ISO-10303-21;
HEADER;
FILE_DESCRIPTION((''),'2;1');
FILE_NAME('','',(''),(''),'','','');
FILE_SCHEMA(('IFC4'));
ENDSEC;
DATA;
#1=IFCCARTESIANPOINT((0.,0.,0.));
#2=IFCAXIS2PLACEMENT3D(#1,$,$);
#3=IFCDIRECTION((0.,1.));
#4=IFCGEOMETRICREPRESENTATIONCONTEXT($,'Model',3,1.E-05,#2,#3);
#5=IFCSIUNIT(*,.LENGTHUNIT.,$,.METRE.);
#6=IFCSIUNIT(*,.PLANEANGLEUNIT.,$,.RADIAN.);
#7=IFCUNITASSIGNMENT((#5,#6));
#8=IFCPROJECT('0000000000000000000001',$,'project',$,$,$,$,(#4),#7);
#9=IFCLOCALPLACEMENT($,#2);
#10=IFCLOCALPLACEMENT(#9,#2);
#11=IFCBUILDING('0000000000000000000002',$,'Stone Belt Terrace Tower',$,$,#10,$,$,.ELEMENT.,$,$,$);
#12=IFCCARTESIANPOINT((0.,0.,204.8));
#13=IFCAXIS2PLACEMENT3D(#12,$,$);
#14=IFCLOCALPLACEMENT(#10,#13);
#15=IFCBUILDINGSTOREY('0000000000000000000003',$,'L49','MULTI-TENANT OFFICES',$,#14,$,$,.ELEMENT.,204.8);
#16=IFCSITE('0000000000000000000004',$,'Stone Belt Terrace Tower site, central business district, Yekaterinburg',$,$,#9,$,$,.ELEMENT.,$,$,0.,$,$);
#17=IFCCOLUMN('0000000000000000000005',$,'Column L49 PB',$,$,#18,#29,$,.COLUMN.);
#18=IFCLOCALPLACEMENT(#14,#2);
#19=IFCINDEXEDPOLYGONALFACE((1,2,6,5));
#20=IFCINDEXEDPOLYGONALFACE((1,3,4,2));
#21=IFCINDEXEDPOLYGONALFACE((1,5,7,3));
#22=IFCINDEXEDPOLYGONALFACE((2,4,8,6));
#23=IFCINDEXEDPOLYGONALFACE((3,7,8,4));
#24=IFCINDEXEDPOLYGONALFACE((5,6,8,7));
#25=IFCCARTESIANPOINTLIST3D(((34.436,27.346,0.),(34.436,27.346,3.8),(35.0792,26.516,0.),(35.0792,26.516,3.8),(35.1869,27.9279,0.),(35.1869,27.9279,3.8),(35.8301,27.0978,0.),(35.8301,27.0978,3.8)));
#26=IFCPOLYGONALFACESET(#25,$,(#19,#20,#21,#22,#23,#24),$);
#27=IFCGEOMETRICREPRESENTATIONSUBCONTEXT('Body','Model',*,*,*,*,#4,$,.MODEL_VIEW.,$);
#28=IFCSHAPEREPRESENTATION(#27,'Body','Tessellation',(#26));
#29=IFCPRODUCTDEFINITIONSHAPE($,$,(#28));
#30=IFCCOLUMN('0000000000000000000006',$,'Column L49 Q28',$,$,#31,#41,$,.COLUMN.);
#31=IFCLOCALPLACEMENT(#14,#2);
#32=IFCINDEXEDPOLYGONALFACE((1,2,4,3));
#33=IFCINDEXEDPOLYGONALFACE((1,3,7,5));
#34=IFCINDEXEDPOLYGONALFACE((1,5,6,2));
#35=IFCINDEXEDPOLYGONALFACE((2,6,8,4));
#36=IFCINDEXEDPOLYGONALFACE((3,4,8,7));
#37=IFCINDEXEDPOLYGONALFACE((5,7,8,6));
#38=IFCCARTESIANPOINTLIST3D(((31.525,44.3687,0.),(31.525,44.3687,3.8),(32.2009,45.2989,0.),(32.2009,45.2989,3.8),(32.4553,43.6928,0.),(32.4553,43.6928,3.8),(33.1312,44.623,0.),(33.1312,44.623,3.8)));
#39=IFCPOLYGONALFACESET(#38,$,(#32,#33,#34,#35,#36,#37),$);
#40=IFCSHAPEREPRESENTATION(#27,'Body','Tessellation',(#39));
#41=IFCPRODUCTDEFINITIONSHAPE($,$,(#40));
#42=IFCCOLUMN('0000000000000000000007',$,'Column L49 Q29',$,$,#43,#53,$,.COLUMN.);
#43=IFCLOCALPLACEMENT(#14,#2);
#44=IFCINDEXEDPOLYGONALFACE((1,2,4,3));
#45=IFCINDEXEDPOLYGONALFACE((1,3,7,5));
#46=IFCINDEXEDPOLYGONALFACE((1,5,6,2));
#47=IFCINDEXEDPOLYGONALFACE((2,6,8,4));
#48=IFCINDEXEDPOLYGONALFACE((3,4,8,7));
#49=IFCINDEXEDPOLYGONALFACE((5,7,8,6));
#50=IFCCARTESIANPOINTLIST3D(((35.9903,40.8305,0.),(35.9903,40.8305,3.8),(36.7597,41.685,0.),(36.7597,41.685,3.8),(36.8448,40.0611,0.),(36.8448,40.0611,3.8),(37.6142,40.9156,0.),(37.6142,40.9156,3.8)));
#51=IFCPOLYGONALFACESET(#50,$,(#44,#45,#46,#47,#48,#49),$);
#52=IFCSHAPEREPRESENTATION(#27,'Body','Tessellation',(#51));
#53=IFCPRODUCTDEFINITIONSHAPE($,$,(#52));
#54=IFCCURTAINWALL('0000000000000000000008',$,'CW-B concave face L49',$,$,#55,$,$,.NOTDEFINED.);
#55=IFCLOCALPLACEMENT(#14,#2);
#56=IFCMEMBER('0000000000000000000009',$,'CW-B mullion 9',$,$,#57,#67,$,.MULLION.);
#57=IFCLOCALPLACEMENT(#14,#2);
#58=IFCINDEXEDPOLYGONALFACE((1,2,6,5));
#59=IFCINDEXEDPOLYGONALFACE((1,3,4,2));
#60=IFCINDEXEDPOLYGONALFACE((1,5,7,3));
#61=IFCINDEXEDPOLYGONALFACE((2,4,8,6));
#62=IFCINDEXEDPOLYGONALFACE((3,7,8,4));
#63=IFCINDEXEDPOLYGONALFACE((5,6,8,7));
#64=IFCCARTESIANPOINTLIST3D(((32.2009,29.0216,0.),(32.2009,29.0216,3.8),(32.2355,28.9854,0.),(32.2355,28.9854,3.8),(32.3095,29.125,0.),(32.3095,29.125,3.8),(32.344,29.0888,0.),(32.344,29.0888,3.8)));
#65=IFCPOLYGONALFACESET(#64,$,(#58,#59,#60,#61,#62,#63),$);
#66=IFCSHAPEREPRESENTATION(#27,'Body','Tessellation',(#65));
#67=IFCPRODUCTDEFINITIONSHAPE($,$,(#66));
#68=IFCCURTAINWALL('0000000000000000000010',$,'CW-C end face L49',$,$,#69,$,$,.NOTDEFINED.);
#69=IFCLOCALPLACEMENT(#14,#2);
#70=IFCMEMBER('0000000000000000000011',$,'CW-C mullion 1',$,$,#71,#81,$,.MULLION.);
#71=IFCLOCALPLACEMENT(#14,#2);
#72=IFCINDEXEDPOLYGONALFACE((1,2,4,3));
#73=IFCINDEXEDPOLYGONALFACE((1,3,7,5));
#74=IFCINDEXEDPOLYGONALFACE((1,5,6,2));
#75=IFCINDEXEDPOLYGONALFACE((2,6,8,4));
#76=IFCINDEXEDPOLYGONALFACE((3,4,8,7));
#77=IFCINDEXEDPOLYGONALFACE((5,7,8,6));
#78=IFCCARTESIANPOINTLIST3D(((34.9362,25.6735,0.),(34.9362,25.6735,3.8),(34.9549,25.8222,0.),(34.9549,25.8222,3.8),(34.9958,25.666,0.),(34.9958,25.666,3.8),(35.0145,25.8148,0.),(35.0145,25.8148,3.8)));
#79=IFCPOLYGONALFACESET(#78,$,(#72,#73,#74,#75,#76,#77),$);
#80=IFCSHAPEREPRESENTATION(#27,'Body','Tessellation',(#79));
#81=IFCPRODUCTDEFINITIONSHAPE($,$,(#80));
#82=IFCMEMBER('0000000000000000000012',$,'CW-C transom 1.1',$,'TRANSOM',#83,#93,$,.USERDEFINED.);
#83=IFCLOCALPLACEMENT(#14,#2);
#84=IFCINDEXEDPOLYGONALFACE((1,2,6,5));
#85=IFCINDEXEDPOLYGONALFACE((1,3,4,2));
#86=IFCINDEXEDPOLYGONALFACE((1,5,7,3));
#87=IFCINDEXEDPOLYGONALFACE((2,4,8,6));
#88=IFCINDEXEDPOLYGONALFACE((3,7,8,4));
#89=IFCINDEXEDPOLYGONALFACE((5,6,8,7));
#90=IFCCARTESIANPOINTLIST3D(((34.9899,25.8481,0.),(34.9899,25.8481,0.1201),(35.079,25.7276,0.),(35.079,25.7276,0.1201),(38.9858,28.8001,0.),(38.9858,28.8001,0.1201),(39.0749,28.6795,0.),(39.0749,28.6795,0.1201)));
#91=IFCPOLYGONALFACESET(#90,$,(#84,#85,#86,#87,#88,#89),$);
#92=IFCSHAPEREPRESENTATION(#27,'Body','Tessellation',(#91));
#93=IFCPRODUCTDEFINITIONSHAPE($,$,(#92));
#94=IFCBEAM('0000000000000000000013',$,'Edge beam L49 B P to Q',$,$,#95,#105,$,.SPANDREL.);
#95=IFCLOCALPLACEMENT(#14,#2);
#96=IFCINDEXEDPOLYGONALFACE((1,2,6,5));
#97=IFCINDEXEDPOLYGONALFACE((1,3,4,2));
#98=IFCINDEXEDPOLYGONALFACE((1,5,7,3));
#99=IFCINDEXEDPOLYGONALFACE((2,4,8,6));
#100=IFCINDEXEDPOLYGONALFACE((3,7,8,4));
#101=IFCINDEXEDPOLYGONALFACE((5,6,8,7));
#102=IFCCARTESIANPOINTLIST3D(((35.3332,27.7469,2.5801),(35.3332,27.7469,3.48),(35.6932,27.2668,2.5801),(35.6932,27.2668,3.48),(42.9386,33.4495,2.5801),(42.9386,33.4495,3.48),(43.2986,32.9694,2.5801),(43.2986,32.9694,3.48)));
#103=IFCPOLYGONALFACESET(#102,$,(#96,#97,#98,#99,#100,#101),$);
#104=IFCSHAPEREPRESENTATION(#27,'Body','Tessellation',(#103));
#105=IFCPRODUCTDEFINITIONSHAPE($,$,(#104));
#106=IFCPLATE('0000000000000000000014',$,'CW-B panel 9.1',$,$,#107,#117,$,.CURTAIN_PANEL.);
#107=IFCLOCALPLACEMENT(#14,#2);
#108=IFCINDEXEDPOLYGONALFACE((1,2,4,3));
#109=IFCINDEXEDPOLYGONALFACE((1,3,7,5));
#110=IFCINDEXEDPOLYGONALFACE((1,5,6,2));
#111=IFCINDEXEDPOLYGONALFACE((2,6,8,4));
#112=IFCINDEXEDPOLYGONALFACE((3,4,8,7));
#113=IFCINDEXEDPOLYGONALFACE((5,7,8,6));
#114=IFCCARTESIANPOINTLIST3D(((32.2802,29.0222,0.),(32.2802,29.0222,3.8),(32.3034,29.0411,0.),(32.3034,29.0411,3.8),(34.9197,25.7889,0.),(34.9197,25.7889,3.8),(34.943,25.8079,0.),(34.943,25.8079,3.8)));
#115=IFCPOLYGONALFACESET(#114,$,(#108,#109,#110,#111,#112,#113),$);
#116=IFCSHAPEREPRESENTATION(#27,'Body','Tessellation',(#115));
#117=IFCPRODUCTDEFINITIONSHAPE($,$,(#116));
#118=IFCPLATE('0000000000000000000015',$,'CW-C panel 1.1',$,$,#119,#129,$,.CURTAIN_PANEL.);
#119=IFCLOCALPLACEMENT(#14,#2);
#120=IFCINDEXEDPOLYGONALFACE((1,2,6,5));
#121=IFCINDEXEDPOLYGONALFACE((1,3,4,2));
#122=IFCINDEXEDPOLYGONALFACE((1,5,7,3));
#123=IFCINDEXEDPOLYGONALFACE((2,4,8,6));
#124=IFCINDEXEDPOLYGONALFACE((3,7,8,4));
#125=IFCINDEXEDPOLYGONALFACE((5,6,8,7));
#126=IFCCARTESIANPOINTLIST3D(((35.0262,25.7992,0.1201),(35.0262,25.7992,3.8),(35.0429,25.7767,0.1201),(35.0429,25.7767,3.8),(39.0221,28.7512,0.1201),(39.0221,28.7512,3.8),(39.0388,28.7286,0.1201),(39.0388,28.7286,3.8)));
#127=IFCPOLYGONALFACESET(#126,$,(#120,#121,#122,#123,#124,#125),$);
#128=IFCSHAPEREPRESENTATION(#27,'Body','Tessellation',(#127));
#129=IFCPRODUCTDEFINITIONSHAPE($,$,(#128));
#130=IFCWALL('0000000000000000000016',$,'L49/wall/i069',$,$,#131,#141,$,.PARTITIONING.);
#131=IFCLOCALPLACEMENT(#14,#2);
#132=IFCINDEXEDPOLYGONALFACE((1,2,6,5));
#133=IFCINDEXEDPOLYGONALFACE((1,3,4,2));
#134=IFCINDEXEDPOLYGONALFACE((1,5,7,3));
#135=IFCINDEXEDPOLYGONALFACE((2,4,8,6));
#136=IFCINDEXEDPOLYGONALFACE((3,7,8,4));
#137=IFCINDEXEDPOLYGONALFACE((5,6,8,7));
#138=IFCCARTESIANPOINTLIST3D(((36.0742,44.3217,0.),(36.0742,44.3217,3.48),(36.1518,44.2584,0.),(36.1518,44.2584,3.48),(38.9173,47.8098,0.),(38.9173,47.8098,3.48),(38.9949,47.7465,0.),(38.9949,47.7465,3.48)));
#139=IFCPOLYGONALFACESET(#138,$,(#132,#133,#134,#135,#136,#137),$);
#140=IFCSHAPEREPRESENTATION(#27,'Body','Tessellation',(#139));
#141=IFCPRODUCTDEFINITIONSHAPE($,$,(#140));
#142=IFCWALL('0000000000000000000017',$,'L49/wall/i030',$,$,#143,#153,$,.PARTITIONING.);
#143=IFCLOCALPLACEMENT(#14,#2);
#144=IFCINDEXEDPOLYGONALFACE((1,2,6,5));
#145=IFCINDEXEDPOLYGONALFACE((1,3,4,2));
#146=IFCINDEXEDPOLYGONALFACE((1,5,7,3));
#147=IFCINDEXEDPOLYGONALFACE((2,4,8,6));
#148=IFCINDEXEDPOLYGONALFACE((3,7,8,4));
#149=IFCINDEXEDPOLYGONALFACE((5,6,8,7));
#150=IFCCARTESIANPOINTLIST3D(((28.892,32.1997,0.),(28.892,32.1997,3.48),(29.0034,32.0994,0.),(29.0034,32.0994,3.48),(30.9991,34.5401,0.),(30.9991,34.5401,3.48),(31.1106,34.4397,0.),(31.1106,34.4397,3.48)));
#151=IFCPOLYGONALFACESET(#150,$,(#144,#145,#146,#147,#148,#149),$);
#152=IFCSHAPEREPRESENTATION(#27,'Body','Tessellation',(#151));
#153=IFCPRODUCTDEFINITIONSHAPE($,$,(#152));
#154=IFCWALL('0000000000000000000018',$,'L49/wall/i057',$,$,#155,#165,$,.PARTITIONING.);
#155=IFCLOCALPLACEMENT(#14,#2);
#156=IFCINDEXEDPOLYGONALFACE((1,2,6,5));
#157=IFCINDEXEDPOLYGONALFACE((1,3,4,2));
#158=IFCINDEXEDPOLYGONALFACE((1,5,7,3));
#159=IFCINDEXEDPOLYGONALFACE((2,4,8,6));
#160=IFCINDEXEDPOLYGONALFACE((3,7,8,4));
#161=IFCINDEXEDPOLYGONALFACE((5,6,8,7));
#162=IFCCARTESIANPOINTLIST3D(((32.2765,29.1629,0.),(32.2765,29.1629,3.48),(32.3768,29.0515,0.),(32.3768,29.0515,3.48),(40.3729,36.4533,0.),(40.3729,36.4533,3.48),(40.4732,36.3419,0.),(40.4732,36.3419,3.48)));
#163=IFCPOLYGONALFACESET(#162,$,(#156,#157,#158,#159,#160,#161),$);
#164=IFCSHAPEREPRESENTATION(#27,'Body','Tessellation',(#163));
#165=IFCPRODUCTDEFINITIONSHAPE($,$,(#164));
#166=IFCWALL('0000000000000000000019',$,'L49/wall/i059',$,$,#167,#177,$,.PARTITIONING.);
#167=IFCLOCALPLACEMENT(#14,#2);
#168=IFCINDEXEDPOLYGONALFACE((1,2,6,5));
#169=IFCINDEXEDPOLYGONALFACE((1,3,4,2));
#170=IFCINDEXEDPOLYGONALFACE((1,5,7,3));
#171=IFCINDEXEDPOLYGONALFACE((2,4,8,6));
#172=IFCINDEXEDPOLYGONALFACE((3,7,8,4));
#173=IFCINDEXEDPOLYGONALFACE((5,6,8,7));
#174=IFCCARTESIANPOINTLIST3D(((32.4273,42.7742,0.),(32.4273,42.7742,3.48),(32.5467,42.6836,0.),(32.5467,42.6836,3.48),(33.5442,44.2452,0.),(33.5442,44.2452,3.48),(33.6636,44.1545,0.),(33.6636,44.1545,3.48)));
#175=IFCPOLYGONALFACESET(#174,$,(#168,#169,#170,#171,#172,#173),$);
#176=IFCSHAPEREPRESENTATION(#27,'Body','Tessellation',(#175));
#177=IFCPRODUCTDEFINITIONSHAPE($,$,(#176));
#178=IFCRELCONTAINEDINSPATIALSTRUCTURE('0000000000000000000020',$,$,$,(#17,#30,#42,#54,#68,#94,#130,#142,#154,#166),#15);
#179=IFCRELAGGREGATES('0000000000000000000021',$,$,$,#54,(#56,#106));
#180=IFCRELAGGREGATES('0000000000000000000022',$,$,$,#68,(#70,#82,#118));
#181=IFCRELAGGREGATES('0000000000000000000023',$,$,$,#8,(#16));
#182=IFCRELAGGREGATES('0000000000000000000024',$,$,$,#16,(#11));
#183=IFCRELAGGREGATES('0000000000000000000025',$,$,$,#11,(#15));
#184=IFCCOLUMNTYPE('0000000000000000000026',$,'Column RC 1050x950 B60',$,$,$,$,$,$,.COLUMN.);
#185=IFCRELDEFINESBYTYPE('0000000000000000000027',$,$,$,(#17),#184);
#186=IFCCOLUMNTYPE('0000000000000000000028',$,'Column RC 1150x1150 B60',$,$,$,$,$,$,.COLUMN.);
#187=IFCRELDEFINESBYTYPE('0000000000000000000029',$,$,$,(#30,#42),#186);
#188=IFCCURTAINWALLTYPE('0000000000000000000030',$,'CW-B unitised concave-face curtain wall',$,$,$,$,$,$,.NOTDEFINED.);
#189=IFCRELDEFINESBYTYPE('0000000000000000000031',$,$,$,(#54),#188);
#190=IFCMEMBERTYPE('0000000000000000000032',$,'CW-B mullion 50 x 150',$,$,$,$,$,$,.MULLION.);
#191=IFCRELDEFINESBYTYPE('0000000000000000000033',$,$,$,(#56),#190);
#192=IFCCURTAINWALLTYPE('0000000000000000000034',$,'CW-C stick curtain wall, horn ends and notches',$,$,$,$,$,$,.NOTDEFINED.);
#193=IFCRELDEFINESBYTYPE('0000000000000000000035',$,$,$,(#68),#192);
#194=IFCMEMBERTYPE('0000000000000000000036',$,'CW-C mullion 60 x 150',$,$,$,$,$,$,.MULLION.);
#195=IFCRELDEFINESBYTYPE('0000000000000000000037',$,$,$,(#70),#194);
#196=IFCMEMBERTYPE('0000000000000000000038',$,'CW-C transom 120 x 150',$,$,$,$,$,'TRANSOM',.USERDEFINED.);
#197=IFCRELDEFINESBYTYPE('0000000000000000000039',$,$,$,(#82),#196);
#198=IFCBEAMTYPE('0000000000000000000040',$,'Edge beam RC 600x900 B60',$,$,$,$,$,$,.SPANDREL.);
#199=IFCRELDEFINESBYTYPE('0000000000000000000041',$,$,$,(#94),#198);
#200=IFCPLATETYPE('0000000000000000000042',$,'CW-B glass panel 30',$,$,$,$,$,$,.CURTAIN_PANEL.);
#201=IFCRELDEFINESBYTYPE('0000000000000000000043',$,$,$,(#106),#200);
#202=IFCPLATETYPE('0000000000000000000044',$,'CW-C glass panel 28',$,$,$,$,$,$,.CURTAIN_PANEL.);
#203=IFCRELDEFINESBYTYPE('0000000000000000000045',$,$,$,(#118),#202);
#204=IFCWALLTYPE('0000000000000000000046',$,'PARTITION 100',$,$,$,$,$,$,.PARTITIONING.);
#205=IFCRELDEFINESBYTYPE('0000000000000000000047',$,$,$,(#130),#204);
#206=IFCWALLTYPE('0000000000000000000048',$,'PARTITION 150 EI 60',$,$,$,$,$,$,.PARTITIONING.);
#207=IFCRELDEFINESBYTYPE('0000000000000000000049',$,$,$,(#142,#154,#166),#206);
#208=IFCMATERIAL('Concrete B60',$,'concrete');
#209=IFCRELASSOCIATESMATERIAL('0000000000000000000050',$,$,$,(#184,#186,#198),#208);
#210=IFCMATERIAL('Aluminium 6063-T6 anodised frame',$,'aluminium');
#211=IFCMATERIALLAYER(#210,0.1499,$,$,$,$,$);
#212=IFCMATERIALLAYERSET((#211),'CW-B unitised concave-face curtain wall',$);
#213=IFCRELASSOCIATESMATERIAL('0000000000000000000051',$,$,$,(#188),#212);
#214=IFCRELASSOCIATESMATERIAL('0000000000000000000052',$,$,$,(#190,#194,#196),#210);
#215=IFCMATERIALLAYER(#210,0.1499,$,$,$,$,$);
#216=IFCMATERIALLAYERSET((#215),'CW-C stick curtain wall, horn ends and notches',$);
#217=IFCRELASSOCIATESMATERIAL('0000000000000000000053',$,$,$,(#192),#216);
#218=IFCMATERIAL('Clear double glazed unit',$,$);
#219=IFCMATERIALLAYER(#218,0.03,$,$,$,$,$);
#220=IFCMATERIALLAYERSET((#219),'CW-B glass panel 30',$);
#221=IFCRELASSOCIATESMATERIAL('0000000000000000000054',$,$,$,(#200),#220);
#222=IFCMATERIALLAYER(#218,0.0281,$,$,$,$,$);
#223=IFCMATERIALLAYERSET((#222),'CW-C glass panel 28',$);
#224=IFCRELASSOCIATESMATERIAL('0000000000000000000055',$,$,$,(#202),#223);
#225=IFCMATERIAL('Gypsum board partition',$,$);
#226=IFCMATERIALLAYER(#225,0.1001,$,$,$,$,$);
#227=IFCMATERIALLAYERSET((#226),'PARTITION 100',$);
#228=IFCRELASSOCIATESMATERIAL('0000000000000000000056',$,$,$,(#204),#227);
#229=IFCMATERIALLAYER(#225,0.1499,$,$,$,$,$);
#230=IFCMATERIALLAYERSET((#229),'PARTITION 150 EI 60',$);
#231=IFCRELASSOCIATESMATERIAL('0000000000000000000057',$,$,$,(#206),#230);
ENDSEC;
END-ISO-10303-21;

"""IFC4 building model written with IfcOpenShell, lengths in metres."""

from ifc_helpers import new_model, si_unit, direction, frame, frame_2d, origin, origin_2d, place, context, subcontext, project, spatial, rectangle, extrude, material, layer, layer_set, material_profile, profile_set, type_object, element, aggregate, save


model = new_model("IFC4")

# Units and contexts
model_context = context("Model", 3, precision=1e-05, world=origin(), true_north=direction((0.0, 1.0)))
body_context = subcontext(model_context, "Body", "Model", "MODEL_VIEW")
ifc_project = project(units=[si_unit("LENGTHUNIT", "METRE"), si_unit("PLANEANGLEUNIT", "RADIAN")], contexts=[model_context])

# Site, building, storey
site_placement = place(None, origin())
site = spatial("IfcSite", under=ifc_project, at=site_placement, Name="Stone Belt Terrace Tower site, central business district, Yekaterinburg", CompositionType="ELEMENT", RefElevation=0.0)
building_placement = place(site_placement, origin())
building = spatial("IfcBuilding", under=site, at=building_placement, Name="Stone Belt Terrace Tower", CompositionType="ELEMENT")
storey_placement = place(building_placement, frame((0.0, 0.0, 204.8)))
storey = spatial("IfcBuildingStorey", under=building, at=storey_placement, Name="L49", Description="MULTI-TENANT OFFICES", CompositionType="ELEMENT", Elevation=204.8)

# Columns
ifc_material_1 = material(Name="Concrete B60", Category="concrete")
ifc_material_profile_1 = material_profile(ifc_material_1, rectangle(XDim=1.05, YDim=0.95, at=origin_2d()), Name="RC 1050x950")
ifc_profile_set_1 = profile_set([ifc_material_profile_1], Name="Concrete B60")
column_type_1 = type_object("IfcColumnType", Name="Column RC 1050x950 B60", PredefinedType="COLUMN", material=ifc_profile_set_1)
column_placement = place(storey_placement, frame((35.1331, 27.2219, 0.0), z_axis=(0.0, 0.0, 1.0), x_axis=(0.612485, -0.790482, 0.0)))
element("IfcColumn", 1, at=column_placement, inside=storey, type_object=column_type_1, Name="Column L49 PB", PredefinedType="COLUMN", context=body_context, shape_type="SweptSolid", body=[
    extrude(rectangle(XDim=1.05, YDim=0.95, at=origin_2d()), origin(), (0.0, 0.0, 1.0), 3.8),
])
ifc_material_profile_2 = material_profile(ifc_material_1, rectangle(XDim=1.1499, YDim=1.1499, at=origin_2d()), Name="RC 1150x1150")
ifc_profile_set_2 = profile_set([ifc_material_profile_2], Name="Concrete B60")
column_type_2 = type_object("IfcColumnType", Name="Column RC 1150x1150 B60", PredefinedType="COLUMN", material=ifc_profile_set_2)
for number, where, z_axis, x_axis, name in (
    (2, (32.3281, 44.4958, 0.0), (0.0, 0.0, 1.0), (0.809017, -0.587785, 0.0), "Column L49 Q28"),
    (3, (36.8022, 40.873, 0.0), (0.0, 0.0, 1.0), (0.743145, -0.669131, 0.0), "Column L49 Q29"),
):
    element("IfcColumn", number, at=place(storey_placement, frame(where, z_axis=z_axis, x_axis=x_axis)), inside=storey, type_object=column_type_2, Name=name, PredefinedType="COLUMN", context=body_context, shape_type="SweptSolid", body=[
        extrude(rectangle(XDim=1.1499, YDim=1.1499, at=origin_2d()), origin(), (0.0, 0.0, 1.0), 3.8),
    ])

# Curtain wall, member
ifc_material_2 = material(Name="Aluminium 6063-T6 anodised frame", Category="aluminium")
ifc_layer_1 = layer(ifc_material_2, 0.1499)
ifc_layer_set_1 = layer_set([ifc_layer_1], Name="CW-B unitised concave-face curtain wall")
curtain_wall_type_1 = type_object("IfcCurtainWallType", Name="CW-B unitised concave-face curtain wall", PredefinedType="NOTDEFINED", material=ifc_layer_set_1)
curtain_wall_1_placement = place(storey_placement, origin())
curtain_wall_1 = element("IfcCurtainWall", 4, at=curtain_wall_1_placement, inside=storey, type_object=curtain_wall_type_1, Name="CW-B concave face L49", PredefinedType="NOTDEFINED")
ifc_material_profile_3 = material_profile(ifc_material_2, rectangle(XDim=0.1499, YDim=0.05, at=origin_2d()), Name="Aluminium 6063-T6 50x150")
ifc_profile_set_3 = profile_set([ifc_material_profile_3], Name="Aluminium 6063-T6 anodised frame")
member_type_1 = type_object("IfcMemberType", Name="CW-B mullion 50 x 150", PredefinedType="MULLION", material=ifc_profile_set_3)
member_1_placement = place(storey_placement, frame((32.2725, 29.0552, 0.0), z_axis=(0.0, 0.0, 1.0), x_axis=(0.724008, 0.689792, 0.0)))
member_1 = element("IfcMember", 5, at=member_1_placement, type_object=member_type_1, Name="CW-B mullion 9", PredefinedType="MULLION", context=body_context, shape_type="SweptSolid", body=[
    extrude(rectangle(XDim=0.1499, YDim=0.05, at=origin_2d()), origin(), (0.0, 0.0, 1.0), 3.8),
])

# Curtain wall, members
ifc_layer_2 = layer(ifc_material_2, 0.1499)
ifc_layer_set_2 = layer_set([ifc_layer_2], Name="CW-C stick curtain wall, horn ends and notches")
curtain_wall_type_2 = type_object("IfcCurtainWallType", Name="CW-C stick curtain wall, horn ends and notches", PredefinedType="NOTDEFINED", material=ifc_layer_set_2)
curtain_wall_2_placement = place(storey_placement, origin())
curtain_wall_2 = element("IfcCurtainWall", 6, at=curtain_wall_2_placement, inside=storey, type_object=curtain_wall_type_2, Name="CW-C end face L49", PredefinedType="NOTDEFINED")
ifc_material_profile_4 = material_profile(ifc_material_2, rectangle(XDim=0.1499, YDim=0.0601, at=origin_2d()), Name="Aluminium 6063-T6 60x150")
ifc_profile_set_4 = profile_set([ifc_material_profile_4], Name="Aluminium 6063-T6 anodised frame")
member_type_2 = type_object("IfcMemberType", Name="CW-C mullion 60 x 150", PredefinedType="MULLION", material=ifc_profile_set_4)
member_2_placement = place(storey_placement, frame((34.9753, 25.7441, 0.0), z_axis=(0.0, 0.0, 1.0), x_axis=(0.124626, 0.992204, 0.0)))
member_2 = element("IfcMember", 7, at=member_2_placement, type_object=member_type_2, Name="CW-C mullion 1", PredefinedType="MULLION", context=body_context, shape_type="SweptSolid", body=[
    extrude(rectangle(XDim=0.1499, YDim=0.0601, at=origin_2d()), origin(), (0.0, 0.0, 1.0), 3.8),
])
ifc_material_profile_5 = material_profile(ifc_material_2, rectangle(XDim=0.1499, YDim=0.1201, at=origin_2d()), Name="Aluminium 6063-T6 150x120")
ifc_profile_set_5 = profile_set([ifc_material_profile_5], Name="Aluminium 6063-T6 anodised frame")
member_type_3 = type_object("IfcMemberType", Name="CW-C transom 120 x 150", ElementType="TRANSOM", PredefinedType="USERDEFINED", material=ifc_profile_set_5)
member_3_placement = place(storey_placement, frame((35.0344, 25.7878, 0.0601), z_axis=(0.804325, 0.594189, 0.0), x_axis=(-0.594189, 0.804325, 0.0)))
member_3 = element("IfcMember", 8, at=member_3_placement, type_object=member_type_3, Name="CW-C transom 1.1", ObjectType="TRANSOM", PredefinedType="USERDEFINED", context=body_context, shape_type="SweptSolid", body=[
    extrude(rectangle(XDim=0.1499, YDim=0.1201, at=origin_2d()), origin(), (0.0, 0.0, 1.0), 4.968),
])

# Beam
ifc_material_profile_6 = material_profile(ifc_material_1, rectangle(XDim=0.6001, YDim=0.8999, at=origin_2d()), Name="RC 600x900")
ifc_profile_set_6 = profile_set([ifc_material_profile_6], Name="Concrete B60")
beam_type = type_object("IfcBeamType", Name="Edge beam RC 600x900 B60", PredefinedType="SPANDREL", material=ifc_profile_set_6)
beam_placement = place(storey_placement, frame((35.5132, 27.5068, 3.03), z_axis=(0.800074, 0.599901, 0.0), x_axis=(-0.599901, 0.800074, 0.0)))
element("IfcBeam", 9, at=beam_placement, inside=storey, type_object=beam_type, Name="Edge beam L49 B P to Q", PredefinedType="SPANDREL", context=body_context, shape_type="SweptSolid", body=[
    extrude(rectangle(XDim=0.6001, YDim=0.8999, at=origin_2d()), origin(), (0.0, 0.0, 1.0), 9.5059),
])

# Plates
ifc_material_3 = material(Name="Clear double glazed unit")
ifc_layer_3 = layer(ifc_material_3, 0.03)
ifc_layer_set_3 = layer_set([ifc_layer_3], Name="CW-B glass panel 30")
plate_type_1 = type_object("IfcPlateType", Name="CW-B glass panel 30", PredefinedType="CURTAIN_PANEL", material=ifc_layer_set_3)
plate_1_placement = place(storey_placement, frame((33.6116, 27.415, 0.0), z_axis=(0.0, 0.0, 1.0), x_axis=(0.632398, -0.774644, 0.0)))
plate_1 = element("IfcPlate", 10, at=plate_1_placement, type_object=plate_type_1, Name="CW-B panel 9.1", PredefinedType="CURTAIN_PANEL", context=body_context, shape_type="SweptSolid", body=[
    extrude(rectangle(XDim=4.1738, YDim=0.03, at=origin_2d()), origin(), (0.0, 0.0, 1.0), 3.8),
])
aggregate(curtain_wall_1, [member_1, plate_1])
ifc_layer_4 = layer(ifc_material_3, 0.0281)
ifc_layer_set_4 = layer_set([ifc_layer_4], Name="CW-C glass panel 28")
plate_type_2 = type_object("IfcPlateType", Name="CW-C glass panel 28", PredefinedType="CURTAIN_PANEL", material=ifc_layer_set_4)
plate_2_placement = place(storey_placement, frame((37.0325, 27.2639, 0.1201), z_axis=(0.0, 0.0, 1.0), x_axis=(0.804329, 0.594184, 0.0)))
plate_2 = element("IfcPlate", 11, at=plate_2_placement, type_object=plate_type_2, Name="CW-C panel 1.1", PredefinedType="CURTAIN_PANEL", context=body_context, shape_type="SweptSolid", body=[
    extrude(rectangle(XDim=4.968, YDim=0.0281, at=origin_2d()), origin(), (0.0, 0.0, 1.0), 3.6799),
])
aggregate(curtain_wall_2, [member_2, member_3, plate_2])

# Walls
ifc_material_4 = material(Name="Gypsum board partition")
ifc_layer_5 = layer(ifc_material_4, 0.1001)
ifc_layer_set_5 = layer_set([ifc_layer_5], Name="PARTITION 100")
wall_type_1 = type_object("IfcWallType", Name="PARTITION 100", PredefinedType="PARTITIONING", material=ifc_layer_set_5)
wall_1_placement = place(storey_placement, frame((36.113, 44.29, 0.0), z_axis=(0.0, 0.0, 1.0), x_axis=(0.631795, 0.775136, 0.0)))
element("IfcWall", 12, at=wall_1_placement, inside=storey, type_object=wall_type_1, Name="L49/wall/i069", PredefinedType="PARTITIONING", context=body_context, shape_type="SweptSolid", body=[
    extrude(rectangle(XDim=4.5, YDim=0.1001, at=frame_2d((2.25, 0.0))), origin(), (0.0, 0.0, 1.0), 3.48),
])
ifc_layer_6 = layer(ifc_material_4, 0.1499)
ifc_layer_set_6 = layer_set([ifc_layer_6], Name="PARTITION 150 EI 60")
wall_type_2 = type_object("IfcWallType", Name="PARTITION 150 EI 60", PredefinedType="PARTITIONING", material=ifc_layer_set_6)
wall_2_placement = place(storey_placement, frame((31.0549, 34.49, 0.0), z_axis=(0.0, 0.0, 1.0), x_axis=(-0.669119, -0.743155, 0.0)))
element("IfcWall", 13, at=wall_2_placement, inside=storey, type_object=wall_type_2, Name="L49/wall/i030", PredefinedType="PARTITIONING", context=body_context, shape_type="SweptSolid", body=[
    extrude(rectangle(XDim=3.1492, YDim=0.1499, at=frame_2d((1.5747, 0.0))), origin(), (0.0, 0.0, 1.0), 3.48),
])
wall_3_placement = place(storey_placement, frame((32.3267, 29.1072, 0.0), z_axis=(0.0, 0.0, 1.0), x_axis=(0.743124, 0.669154, 0.0)))
element("IfcWall", 14, at=wall_3_placement, inside=storey, type_object=wall_type_2, Name="L49/wall/i057", PredefinedType="PARTITIONING", context=body_context, shape_type="SweptSolid", body=[
    extrude(rectangle(XDim=10.895, YDim=0.1499, at=frame_2d((5.4475, 0.0))), origin(), (0.0, 0.0, 1.0), 3.48),
])
wall_4_placement = place(storey_placement, frame((32.4871, 42.729, 0.0), z_axis=(0.0, 0.0, 1.0), x_axis=(0.604748, 0.796417, 0.0)))
element("IfcWall", 15, at=wall_4_placement, inside=storey, type_object=wall_type_2, Name="L49/wall/i059", PredefinedType="PARTITIONING", context=body_context, shape_type="SweptSolid", body=[
    extrude(rectangle(XDim=1.8469, YDim=0.1499, at=frame_2d((0.9233, 0.0))), origin(), (0.0, 0.0, 1.0), 3.48),
])

save(model, "model.ifc")
